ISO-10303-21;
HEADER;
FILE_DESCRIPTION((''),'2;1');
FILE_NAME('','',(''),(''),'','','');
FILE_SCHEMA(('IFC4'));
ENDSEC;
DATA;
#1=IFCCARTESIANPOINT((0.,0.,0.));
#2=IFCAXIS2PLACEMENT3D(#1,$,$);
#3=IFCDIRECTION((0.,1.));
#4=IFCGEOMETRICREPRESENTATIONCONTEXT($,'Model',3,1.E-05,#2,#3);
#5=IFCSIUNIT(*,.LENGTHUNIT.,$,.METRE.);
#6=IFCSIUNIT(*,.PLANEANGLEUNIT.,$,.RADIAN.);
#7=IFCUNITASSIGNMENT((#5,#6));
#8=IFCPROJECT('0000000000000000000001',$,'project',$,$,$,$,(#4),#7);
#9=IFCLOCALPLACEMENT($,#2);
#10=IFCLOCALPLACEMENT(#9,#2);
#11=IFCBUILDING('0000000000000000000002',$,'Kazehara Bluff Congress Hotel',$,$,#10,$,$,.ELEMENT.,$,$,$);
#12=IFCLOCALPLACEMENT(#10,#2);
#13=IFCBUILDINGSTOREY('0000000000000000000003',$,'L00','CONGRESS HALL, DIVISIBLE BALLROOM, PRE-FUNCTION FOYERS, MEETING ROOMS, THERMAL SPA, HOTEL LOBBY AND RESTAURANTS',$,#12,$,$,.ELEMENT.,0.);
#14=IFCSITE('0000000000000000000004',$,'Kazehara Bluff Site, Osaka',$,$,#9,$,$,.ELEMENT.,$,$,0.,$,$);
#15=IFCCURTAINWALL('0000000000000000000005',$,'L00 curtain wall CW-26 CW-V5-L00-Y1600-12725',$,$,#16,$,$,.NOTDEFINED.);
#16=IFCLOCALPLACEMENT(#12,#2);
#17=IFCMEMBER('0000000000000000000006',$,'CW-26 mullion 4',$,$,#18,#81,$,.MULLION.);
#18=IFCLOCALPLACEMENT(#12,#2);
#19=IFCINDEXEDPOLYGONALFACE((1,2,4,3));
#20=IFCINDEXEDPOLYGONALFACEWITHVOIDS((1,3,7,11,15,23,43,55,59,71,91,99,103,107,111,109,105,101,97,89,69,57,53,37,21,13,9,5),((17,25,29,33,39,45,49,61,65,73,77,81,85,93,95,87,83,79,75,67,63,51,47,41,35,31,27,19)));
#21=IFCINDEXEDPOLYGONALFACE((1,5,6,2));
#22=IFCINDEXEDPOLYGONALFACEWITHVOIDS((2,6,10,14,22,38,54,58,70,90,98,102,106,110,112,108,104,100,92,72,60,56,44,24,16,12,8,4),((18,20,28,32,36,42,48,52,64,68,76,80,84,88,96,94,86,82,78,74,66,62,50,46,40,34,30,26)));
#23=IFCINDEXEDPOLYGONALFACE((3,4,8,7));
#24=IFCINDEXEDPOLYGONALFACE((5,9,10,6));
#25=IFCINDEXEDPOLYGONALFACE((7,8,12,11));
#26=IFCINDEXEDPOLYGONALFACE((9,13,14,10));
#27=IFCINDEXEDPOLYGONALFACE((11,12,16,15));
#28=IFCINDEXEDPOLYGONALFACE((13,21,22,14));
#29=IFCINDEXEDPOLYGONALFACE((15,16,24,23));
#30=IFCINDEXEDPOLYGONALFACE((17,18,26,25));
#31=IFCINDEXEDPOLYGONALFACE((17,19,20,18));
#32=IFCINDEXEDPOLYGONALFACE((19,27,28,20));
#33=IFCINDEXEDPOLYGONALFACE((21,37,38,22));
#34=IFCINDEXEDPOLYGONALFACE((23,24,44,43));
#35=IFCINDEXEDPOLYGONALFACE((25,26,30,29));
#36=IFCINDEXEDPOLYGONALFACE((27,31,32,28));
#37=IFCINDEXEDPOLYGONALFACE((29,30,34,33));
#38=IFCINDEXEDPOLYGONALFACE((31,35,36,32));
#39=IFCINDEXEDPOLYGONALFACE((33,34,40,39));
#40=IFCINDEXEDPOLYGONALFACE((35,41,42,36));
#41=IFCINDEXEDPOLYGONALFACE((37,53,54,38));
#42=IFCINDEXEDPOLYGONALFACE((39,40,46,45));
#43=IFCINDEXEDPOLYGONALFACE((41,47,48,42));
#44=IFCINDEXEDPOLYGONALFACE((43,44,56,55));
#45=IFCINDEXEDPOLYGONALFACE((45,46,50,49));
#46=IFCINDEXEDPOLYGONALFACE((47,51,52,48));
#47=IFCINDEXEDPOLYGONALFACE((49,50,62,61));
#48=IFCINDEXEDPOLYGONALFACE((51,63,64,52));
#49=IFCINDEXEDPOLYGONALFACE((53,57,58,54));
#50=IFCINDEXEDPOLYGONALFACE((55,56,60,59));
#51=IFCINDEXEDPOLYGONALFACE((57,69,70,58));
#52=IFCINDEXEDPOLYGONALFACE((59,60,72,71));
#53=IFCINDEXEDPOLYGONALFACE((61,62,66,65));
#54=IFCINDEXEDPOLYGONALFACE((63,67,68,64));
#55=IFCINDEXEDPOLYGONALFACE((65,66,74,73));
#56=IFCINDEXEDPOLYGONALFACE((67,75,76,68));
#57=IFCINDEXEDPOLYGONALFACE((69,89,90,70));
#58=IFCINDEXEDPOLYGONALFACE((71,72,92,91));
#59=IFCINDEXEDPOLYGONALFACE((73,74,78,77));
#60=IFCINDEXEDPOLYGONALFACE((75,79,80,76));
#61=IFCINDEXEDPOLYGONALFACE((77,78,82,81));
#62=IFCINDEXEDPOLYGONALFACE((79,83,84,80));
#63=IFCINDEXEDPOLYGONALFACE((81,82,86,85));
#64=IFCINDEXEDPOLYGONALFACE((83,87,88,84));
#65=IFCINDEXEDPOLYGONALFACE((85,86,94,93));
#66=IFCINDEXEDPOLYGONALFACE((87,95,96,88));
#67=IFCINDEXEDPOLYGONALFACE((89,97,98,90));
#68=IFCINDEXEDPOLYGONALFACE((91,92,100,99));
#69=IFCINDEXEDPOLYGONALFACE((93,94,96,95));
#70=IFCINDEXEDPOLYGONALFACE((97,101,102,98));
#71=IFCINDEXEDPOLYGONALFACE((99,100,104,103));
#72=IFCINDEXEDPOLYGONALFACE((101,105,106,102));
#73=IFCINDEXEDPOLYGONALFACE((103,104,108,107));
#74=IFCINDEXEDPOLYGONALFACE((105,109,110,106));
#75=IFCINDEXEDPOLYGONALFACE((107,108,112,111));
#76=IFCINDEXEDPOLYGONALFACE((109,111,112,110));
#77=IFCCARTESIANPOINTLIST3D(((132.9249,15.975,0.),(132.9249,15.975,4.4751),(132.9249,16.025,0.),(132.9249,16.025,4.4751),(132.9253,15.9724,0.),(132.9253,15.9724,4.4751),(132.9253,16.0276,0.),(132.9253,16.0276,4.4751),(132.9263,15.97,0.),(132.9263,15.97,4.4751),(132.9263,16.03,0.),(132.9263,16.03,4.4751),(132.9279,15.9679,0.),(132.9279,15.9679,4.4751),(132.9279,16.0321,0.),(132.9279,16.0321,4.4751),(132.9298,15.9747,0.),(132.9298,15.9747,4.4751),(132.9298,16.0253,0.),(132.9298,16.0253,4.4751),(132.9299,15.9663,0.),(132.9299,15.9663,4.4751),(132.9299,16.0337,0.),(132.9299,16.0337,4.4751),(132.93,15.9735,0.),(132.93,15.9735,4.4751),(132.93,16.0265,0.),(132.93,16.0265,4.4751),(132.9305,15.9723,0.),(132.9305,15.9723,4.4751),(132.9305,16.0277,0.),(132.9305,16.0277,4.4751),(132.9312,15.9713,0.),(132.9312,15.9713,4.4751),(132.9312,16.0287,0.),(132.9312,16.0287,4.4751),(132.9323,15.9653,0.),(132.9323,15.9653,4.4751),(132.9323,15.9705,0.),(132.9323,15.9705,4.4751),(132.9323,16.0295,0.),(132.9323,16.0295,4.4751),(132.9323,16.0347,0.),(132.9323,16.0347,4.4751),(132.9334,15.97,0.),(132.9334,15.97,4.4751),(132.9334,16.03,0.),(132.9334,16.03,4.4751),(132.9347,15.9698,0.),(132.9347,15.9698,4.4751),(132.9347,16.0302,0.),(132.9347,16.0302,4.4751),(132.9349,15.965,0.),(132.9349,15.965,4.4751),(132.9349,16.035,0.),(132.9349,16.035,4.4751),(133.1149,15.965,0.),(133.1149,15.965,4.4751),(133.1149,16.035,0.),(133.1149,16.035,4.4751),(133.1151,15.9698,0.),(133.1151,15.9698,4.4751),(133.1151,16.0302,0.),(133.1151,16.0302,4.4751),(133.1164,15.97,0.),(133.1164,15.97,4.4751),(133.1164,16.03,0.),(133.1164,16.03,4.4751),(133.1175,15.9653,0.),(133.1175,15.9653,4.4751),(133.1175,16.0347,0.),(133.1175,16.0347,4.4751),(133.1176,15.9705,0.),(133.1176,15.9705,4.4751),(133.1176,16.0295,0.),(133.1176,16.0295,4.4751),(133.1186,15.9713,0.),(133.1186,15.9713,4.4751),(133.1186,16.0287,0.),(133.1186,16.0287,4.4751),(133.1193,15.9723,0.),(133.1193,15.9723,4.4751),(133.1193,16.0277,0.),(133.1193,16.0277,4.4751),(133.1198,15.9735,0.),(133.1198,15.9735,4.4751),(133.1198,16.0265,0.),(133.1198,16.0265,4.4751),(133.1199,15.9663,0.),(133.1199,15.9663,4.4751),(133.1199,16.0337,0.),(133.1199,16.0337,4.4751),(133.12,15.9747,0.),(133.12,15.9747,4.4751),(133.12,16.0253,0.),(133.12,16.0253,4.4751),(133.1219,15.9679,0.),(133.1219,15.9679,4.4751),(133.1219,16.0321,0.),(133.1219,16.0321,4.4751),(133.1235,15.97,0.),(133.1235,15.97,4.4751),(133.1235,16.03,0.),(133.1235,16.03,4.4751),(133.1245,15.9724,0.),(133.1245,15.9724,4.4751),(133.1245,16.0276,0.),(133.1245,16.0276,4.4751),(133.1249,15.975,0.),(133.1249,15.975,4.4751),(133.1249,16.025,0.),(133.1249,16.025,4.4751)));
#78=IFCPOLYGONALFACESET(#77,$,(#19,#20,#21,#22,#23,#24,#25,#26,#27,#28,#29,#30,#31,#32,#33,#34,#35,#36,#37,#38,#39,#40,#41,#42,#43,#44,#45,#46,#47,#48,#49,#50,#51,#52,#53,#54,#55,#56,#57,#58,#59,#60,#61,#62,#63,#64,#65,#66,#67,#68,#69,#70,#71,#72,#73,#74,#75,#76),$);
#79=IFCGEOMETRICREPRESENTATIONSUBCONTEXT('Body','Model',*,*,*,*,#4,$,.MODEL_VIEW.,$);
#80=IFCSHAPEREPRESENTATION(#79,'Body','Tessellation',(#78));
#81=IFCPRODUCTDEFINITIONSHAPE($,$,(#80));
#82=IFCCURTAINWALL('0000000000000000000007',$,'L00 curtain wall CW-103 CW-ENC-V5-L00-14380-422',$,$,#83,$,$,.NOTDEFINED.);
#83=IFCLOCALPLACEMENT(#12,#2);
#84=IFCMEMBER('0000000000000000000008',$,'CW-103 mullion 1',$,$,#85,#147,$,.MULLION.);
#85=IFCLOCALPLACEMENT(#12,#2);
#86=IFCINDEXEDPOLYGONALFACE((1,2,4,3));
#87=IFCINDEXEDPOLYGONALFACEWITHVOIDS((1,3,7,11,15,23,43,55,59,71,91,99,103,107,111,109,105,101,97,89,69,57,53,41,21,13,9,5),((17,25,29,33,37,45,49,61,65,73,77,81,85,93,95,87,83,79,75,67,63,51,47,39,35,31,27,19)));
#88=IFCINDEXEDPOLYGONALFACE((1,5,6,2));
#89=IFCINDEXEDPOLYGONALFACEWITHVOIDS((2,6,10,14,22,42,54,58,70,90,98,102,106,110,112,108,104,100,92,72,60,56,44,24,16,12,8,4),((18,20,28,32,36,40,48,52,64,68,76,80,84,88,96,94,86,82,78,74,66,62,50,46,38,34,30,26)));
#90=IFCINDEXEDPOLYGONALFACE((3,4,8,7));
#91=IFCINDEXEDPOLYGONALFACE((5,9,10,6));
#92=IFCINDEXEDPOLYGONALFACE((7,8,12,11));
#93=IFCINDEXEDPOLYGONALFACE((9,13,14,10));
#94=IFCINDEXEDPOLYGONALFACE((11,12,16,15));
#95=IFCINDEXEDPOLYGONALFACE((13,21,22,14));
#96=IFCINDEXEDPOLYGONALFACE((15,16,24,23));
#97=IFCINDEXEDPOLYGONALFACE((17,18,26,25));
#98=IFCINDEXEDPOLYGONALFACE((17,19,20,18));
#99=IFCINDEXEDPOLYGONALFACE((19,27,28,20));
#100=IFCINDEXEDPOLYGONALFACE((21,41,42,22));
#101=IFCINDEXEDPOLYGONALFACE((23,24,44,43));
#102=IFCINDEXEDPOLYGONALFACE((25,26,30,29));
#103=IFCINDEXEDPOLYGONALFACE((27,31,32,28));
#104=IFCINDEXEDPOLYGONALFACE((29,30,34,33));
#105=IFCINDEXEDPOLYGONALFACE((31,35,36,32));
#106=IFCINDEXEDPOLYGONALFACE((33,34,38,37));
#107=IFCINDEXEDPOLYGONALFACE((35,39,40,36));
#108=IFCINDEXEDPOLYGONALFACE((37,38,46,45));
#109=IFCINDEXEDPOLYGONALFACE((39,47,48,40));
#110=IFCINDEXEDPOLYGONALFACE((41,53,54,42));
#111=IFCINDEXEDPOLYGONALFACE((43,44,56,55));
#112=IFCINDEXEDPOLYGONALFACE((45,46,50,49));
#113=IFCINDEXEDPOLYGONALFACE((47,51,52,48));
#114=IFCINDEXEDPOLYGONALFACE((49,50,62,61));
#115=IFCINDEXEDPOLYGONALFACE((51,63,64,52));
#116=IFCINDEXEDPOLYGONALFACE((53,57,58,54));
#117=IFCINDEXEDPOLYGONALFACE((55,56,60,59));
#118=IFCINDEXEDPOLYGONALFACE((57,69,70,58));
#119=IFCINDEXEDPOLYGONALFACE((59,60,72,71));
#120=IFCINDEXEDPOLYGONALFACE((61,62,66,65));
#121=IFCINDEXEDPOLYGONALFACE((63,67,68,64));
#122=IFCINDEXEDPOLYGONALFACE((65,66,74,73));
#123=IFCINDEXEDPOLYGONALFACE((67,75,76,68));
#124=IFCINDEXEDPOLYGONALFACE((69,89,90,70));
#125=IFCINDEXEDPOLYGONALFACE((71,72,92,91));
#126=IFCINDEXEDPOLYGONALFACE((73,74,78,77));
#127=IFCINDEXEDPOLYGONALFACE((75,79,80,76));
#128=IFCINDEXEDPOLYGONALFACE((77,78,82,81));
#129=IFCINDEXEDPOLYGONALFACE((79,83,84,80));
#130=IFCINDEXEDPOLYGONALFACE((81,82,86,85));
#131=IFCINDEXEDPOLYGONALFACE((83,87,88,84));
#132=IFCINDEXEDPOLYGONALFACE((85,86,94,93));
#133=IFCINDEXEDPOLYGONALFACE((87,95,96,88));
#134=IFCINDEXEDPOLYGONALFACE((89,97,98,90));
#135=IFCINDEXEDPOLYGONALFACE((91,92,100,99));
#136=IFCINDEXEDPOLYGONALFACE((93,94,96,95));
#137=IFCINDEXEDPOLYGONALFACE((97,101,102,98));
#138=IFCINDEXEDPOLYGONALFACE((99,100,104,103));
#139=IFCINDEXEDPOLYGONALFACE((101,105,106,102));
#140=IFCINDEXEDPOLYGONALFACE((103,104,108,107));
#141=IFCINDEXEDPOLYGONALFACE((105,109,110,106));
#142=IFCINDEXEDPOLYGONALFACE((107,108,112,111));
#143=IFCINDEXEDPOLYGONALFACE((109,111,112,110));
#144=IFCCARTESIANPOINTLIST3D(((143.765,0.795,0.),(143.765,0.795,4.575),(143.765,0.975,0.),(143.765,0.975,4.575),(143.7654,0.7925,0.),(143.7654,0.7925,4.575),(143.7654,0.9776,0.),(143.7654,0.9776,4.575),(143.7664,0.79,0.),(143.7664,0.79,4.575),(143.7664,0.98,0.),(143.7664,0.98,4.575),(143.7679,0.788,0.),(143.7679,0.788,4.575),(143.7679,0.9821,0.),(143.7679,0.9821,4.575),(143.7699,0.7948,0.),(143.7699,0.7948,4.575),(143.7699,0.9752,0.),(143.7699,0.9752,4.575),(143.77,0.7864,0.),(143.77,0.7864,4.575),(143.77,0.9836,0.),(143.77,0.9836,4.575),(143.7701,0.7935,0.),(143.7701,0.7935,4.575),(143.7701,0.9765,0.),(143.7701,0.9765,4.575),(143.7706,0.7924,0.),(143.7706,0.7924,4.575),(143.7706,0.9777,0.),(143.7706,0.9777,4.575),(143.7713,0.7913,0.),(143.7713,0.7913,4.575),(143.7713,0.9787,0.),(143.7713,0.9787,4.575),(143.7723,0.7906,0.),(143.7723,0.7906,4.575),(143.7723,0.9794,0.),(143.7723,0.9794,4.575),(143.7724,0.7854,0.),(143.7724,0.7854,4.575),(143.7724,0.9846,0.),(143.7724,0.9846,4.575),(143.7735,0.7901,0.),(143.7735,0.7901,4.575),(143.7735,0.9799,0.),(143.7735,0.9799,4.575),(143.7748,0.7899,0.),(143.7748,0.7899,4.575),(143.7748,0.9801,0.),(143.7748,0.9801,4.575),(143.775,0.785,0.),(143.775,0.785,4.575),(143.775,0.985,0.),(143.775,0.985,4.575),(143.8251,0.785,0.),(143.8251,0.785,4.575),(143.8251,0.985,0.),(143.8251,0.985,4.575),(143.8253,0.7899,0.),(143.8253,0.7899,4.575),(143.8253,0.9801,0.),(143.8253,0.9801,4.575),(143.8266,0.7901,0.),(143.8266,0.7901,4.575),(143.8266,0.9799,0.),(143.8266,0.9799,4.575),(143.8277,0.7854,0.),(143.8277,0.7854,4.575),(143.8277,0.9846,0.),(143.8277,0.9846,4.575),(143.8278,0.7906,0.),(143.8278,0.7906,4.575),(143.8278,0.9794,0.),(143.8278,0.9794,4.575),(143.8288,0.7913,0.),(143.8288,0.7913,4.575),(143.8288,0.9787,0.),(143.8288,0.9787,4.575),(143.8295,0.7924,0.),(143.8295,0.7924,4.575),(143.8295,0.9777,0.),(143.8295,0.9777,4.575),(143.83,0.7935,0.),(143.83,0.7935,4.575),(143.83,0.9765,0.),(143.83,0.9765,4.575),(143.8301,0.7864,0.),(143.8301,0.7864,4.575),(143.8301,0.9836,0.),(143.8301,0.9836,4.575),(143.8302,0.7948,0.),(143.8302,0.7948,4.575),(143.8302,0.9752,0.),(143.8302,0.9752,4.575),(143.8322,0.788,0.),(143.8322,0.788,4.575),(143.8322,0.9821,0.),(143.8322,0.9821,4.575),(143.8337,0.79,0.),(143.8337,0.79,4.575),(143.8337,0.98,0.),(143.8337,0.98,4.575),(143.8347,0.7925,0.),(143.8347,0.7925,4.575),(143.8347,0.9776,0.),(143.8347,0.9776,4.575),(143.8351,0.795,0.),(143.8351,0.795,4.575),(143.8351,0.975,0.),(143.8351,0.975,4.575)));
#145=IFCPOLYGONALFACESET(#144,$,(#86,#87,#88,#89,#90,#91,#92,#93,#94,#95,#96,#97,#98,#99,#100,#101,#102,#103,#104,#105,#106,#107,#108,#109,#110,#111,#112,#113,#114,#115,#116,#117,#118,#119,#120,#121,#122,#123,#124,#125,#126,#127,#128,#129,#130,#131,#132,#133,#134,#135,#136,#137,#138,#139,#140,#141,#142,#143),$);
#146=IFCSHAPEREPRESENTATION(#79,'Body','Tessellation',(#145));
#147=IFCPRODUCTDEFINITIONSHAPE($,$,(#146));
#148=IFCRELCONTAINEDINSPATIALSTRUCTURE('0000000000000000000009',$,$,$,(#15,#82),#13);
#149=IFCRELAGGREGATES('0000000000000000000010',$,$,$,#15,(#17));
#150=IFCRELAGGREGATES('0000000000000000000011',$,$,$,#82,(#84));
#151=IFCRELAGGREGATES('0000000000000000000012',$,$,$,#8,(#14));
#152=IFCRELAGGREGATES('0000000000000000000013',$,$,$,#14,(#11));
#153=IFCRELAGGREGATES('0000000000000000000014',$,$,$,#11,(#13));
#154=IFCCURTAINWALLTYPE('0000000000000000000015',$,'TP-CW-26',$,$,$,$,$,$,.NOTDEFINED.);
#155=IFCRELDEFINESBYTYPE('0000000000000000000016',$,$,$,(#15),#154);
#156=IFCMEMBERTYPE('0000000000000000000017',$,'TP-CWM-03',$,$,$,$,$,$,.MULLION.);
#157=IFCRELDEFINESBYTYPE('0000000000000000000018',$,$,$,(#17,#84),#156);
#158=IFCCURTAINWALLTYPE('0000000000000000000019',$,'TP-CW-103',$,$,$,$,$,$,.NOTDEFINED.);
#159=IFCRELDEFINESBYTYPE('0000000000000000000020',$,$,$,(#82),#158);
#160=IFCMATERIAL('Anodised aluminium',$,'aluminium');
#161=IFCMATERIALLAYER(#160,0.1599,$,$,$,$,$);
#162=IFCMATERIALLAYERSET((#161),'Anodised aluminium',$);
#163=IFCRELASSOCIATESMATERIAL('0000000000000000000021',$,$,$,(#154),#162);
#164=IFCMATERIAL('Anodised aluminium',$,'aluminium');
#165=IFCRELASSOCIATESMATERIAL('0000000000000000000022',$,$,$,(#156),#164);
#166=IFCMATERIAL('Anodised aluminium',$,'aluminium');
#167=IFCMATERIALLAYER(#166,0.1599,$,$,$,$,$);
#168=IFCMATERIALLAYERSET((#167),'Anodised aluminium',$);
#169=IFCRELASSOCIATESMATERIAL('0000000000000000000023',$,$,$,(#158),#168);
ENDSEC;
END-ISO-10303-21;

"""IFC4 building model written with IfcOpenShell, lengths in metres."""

from ifc_helpers import new_model, si_unit, direction, frame, origin, origin_2d, place, context, subcontext, project, spatial, hollow_rectangle, extrude, material, layer, layer_set, material_profile, profile_set, type_object, element, aggregate, save


model = new_model("IFC4")

# Units and contexts
model_context = context("Model", 3, precision=1e-05, world=origin(), true_north=direction((0.0, 1.0)))
body_context = subcontext(model_context, "Body", "Model", "MODEL_VIEW")
ifc_project = project(units=[si_unit("LENGTHUNIT", "METRE"), si_unit("PLANEANGLEUNIT", "RADIAN")], contexts=[model_context])

# Site, building, storey
site_placement = place(None, origin())
site = spatial("IfcSite", under=ifc_project, at=site_placement, Name="Kazehara Bluff Site, Osaka", CompositionType="ELEMENT", RefElevation=0.0)
building_placement = place(site_placement, origin())
building = spatial("IfcBuilding", under=site, at=building_placement, Name="Kazehara Bluff Congress Hotel", CompositionType="ELEMENT")
storey_placement = place(building_placement, origin())
storey = spatial("IfcBuildingStorey", under=building, at=storey_placement, Name="L00", Description="CONGRESS HALL, DIVISIBLE BALLROOM, PRE-FUNCTION FOYERS, MEETING ROOMS, THERMAL SPA, HOTEL LOBBY AND RESTAURANTS", CompositionType="ELEMENT", Elevation=0.0)

# Curtain wall, member
ifc_material_1 = material(Name="Anodised aluminium", Category="aluminium")
ifc_layer_1 = layer(ifc_material_1, 0.1599)
ifc_layer_set_1 = layer_set([ifc_layer_1], Name="Anodised aluminium")
curtain_wall_type_1 = type_object("IfcCurtainWallType", Name="TP-CW-26", PredefinedType="NOTDEFINED", material=ifc_layer_set_1)
curtain_wall_1_placement = place(storey_placement, origin())
curtain_wall_1 = element("IfcCurtainWall", 1, at=curtain_wall_1_placement, inside=storey, type_object=curtain_wall_type_1, Name="L00 curtain wall CW-26 CW-V5-L00-Y1600-12725", PredefinedType="NOTDEFINED")
ifc_material_2 = material(Name="Anodised aluminium", Category="aluminium")
ifc_material_profile_1 = material_profile(ifc_material_2, hollow_rectangle(XDim=0.0701, YDim=0.2, WallThickness=0.0049, InnerFilletRadius=0.0049, OuterFilletRadius=0.01, at=origin_2d()))
ifc_profile_set_1 = profile_set([ifc_material_profile_1], Name="Anodised aluminium")
member_type_1 = type_object("IfcMemberType", Name="TP-CWM-03", PredefinedType="MULLION", material=ifc_profile_set_1)
member_1_placement = place(storey_placement, frame((133.0249, 16.0, 0.0), z_axis=(0.0, 0.0, 1.0), x_axis=(0.0, 1.0, 0.0)))
member_1 = element("IfcMember", 2, at=member_1_placement, type_object=member_type_1, Name="CW-26 mullion 4", PredefinedType="MULLION", context=body_context, shape_type="SweptSolid", body=[
    extrude(hollow_rectangle(XDim=0.0701, YDim=0.2, WallThickness=0.0049, InnerFilletRadius=0.0049, OuterFilletRadius=0.01, at=origin_2d()), origin(), (0.0, 0.0, 1.0), 4.4751),
])

# Curtain wall, member
ifc_material_3 = material(Name="Anodised aluminium", Category="aluminium")
ifc_layer_2 = layer(ifc_material_3, 0.1599)
ifc_layer_set_2 = layer_set([ifc_layer_2], Name="Anodised aluminium")
curtain_wall_type_2 = type_object("IfcCurtainWallType", Name="TP-CW-103", PredefinedType="NOTDEFINED", material=ifc_layer_set_2)
curtain_wall_2_placement = place(storey_placement, origin())
curtain_wall_2 = element("IfcCurtainWall", 3, at=curtain_wall_2_placement, inside=storey, type_object=curtain_wall_type_2, Name="L00 curtain wall CW-103 CW-ENC-V5-L00-14380-422", PredefinedType="NOTDEFINED")
member_2_placement = place(storey_placement, frame((143.8, 0.885, 0.0), z_axis=(0.0, 0.0, 1.0), x_axis=(-1.0, 0.0, 0.0)))
member_2 = element("IfcMember", 4, at=member_2_placement, type_object=member_type_1, Name="CW-103 mullion 1", PredefinedType="MULLION", context=body_context, shape_type="SweptSolid", body=[
    extrude(hollow_rectangle(XDim=0.0701, YDim=0.2, WallThickness=0.0049, InnerFilletRadius=0.0049, OuterFilletRadius=0.01, at=origin_2d()), origin(), (0.0, 0.0, 1.0), 4.575),
])

aggregate(curtain_wall_1, [member_1])
aggregate(curtain_wall_2, [member_2])

save(model, "model.ifc")
